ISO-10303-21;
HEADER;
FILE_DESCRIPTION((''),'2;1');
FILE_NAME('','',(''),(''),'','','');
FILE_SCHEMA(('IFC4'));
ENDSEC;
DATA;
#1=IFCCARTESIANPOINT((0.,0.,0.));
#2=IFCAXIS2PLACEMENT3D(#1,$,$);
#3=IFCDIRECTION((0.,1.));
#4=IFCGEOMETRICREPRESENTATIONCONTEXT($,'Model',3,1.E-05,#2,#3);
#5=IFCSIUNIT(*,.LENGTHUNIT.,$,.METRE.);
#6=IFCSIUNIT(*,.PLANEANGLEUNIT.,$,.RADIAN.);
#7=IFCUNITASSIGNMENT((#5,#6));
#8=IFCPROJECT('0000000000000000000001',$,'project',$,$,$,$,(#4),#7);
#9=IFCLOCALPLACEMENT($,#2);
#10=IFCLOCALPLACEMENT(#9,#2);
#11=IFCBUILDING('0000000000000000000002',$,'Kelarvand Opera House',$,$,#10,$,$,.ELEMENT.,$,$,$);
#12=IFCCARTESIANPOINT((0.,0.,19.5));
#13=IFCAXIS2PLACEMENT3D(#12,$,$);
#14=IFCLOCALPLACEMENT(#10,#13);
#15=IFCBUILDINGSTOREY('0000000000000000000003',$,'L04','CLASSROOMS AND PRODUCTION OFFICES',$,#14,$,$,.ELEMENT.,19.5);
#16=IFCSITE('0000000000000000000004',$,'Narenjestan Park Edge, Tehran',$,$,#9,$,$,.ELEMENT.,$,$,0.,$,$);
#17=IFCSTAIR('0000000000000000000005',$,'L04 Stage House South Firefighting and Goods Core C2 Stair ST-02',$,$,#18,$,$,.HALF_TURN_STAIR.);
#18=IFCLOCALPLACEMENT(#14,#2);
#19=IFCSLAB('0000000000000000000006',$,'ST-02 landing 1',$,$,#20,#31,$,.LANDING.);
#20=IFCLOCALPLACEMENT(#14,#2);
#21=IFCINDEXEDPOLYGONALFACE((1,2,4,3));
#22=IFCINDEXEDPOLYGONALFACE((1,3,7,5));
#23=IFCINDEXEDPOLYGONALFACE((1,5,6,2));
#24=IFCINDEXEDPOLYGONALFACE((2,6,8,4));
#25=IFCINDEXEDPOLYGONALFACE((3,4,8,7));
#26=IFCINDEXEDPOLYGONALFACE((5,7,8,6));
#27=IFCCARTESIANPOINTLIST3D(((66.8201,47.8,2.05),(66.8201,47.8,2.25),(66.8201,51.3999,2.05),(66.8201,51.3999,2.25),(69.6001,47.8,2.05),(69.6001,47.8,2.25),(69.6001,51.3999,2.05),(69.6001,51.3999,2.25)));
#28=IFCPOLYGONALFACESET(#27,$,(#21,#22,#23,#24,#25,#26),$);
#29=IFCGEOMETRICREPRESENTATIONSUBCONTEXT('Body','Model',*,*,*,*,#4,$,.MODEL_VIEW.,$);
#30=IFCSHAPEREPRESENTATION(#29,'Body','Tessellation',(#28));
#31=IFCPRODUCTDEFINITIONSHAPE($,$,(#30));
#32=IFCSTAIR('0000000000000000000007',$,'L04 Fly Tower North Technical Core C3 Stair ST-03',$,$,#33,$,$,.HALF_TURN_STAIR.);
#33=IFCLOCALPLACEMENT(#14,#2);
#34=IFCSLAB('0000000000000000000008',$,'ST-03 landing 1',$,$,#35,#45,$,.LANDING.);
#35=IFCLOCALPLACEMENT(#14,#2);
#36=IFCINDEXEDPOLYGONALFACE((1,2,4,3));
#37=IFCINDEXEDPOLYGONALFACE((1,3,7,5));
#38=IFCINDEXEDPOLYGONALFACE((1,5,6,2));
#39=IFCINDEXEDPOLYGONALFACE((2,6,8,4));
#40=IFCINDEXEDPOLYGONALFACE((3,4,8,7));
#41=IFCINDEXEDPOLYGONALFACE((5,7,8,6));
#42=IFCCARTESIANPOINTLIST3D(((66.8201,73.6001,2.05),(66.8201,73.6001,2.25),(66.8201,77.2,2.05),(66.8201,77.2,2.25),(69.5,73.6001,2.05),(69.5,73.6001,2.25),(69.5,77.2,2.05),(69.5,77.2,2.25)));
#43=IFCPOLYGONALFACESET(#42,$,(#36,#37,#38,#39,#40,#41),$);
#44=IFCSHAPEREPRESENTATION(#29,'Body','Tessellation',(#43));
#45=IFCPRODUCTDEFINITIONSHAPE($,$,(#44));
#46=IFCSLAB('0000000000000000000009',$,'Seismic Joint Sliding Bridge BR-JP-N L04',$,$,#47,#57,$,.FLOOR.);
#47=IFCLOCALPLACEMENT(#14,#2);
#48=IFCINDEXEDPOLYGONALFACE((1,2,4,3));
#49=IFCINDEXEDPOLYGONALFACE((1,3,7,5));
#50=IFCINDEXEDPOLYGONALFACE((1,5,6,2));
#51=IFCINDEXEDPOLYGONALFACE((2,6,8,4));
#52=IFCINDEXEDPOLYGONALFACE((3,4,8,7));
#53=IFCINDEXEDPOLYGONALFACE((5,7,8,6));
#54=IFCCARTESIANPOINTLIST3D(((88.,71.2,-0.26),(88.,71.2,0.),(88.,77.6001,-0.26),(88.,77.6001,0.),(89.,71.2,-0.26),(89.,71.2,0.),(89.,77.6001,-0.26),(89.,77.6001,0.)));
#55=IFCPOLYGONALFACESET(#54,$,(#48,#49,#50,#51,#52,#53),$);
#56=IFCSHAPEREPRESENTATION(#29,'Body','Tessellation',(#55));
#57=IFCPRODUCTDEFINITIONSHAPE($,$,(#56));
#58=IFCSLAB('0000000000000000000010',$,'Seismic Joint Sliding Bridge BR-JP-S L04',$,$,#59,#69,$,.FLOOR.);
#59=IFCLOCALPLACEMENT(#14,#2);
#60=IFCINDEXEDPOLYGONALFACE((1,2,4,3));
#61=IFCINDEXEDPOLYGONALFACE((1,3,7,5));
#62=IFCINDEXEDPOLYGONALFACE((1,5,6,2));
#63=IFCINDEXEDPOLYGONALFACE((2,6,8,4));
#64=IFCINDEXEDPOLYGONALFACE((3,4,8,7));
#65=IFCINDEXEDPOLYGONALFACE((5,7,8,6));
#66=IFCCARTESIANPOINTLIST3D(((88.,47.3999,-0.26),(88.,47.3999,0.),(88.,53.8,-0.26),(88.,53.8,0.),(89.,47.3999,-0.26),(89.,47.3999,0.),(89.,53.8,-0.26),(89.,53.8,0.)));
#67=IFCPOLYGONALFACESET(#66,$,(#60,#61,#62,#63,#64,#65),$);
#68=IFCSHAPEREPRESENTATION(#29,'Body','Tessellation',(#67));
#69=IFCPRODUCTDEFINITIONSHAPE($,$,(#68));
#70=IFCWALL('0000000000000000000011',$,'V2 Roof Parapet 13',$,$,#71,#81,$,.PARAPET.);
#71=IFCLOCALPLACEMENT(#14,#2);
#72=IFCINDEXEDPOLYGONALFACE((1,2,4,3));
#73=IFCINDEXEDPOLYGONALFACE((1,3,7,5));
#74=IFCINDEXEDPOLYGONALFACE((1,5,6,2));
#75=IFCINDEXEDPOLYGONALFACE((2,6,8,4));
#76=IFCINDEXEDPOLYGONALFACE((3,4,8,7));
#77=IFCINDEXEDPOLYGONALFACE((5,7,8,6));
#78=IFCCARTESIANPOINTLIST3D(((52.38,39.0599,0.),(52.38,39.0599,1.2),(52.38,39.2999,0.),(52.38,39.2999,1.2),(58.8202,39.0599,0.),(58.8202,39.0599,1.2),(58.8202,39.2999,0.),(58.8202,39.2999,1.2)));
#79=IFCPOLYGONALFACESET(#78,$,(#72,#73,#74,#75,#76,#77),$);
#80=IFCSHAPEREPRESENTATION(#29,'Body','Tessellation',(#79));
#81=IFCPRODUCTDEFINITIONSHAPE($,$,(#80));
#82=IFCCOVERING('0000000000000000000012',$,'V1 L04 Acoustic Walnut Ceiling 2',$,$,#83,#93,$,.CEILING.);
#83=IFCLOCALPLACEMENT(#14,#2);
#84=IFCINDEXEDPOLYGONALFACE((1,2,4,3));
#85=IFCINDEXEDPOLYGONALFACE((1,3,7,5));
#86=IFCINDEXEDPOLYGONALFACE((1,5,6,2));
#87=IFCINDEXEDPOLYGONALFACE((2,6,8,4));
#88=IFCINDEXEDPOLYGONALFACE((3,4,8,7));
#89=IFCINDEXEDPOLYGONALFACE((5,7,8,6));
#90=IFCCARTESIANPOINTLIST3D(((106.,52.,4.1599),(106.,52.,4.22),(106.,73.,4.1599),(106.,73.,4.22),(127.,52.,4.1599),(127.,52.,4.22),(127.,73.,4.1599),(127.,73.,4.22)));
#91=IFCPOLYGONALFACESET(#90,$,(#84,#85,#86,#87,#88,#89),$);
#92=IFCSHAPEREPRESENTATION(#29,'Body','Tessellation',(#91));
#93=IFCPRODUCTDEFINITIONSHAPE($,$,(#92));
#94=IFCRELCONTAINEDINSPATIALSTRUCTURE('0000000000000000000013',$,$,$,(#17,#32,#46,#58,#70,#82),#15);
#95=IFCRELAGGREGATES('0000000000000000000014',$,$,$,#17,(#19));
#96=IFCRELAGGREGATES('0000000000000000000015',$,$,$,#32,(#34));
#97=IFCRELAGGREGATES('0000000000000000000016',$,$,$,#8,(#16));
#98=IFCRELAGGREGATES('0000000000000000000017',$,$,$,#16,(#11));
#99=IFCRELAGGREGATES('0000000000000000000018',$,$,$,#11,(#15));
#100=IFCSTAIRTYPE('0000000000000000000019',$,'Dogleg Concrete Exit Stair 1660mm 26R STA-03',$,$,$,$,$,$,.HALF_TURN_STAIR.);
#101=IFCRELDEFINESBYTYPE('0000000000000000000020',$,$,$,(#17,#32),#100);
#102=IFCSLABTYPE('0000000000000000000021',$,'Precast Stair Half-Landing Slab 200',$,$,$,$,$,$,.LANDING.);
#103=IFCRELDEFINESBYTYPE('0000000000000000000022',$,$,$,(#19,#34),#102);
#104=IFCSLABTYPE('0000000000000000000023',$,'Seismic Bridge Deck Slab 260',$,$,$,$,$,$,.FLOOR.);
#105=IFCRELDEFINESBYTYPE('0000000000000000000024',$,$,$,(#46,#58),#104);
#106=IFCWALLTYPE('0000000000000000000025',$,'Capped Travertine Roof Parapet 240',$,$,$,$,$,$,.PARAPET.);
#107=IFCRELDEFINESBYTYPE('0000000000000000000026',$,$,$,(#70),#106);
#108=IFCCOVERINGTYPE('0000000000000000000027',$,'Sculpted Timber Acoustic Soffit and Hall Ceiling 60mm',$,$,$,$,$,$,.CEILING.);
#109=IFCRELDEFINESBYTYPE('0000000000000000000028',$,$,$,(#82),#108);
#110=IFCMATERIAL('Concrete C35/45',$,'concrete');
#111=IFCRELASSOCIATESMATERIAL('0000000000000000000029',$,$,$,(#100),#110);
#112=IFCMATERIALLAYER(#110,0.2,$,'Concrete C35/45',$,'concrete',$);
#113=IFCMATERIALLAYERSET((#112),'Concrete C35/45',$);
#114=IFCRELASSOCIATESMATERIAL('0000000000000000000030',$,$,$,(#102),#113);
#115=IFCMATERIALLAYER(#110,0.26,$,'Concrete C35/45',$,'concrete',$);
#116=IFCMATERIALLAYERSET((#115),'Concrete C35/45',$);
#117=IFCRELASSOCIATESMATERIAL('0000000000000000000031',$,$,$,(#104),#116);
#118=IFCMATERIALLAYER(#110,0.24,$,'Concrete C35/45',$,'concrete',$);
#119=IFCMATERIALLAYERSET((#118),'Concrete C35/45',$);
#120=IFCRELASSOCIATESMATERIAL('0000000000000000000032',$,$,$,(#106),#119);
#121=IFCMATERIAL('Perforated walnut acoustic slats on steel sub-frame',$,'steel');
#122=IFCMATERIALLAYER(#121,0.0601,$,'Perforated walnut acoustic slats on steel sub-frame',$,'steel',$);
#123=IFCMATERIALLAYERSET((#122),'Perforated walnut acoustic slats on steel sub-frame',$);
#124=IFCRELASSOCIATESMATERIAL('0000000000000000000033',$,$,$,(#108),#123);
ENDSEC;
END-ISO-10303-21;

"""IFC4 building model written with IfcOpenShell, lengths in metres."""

from ifc_helpers import new_model, si_unit, direction, frame, frame_2d, origin, place, context, subcontext, project, spatial, polyline, rectangle, outline, extrude, material, layer, layer_set, type_object, element, aggregate, save


model = new_model("IFC4")

# Units and contexts
model_context = context("Model", 3, precision=1e-05, world=origin(), true_north=direction((0.0, 1.0)))
body_context = subcontext(model_context, "Body", "Model", "MODEL_VIEW")
ifc_project = project(units=[si_unit("LENGTHUNIT", "METRE"), si_unit("PLANEANGLEUNIT", "RADIAN")], contexts=[model_context])

# Site, building, storey
site_placement = place(None, origin())
site = spatial("IfcSite", under=ifc_project, at=site_placement, Name="Narenjestan Park Edge, Tehran", CompositionType="ELEMENT", RefElevation=0.0)
building_placement = place(site_placement, origin())
building = spatial("IfcBuilding", under=site, at=building_placement, Name="Kelarvand Opera House", CompositionType="ELEMENT")
storey_placement = place(building_placement, frame((0.0, 0.0, 19.5)))
storey = spatial("IfcBuildingStorey", under=building, at=storey_placement, Name="L04", Description="CLASSROOMS AND PRODUCTION OFFICES", CompositionType="ELEMENT", Elevation=19.5)

# Shared definitions
ifc_material_1 = material(Name="Concrete C35/45", Category="concrete")

# Stairs, slabs
stair_type = type_object("IfcStairType", Name="Dogleg Concrete Exit Stair 1660mm 26R STA-03", PredefinedType="HALF_TURN_STAIR", material=ifc_material_1)
stair_1_placement = place(storey_placement, origin())
stair_1 = element("IfcStair", 1, at=stair_1_placement, inside=storey, type_object=stair_type, Name="L04 Stage House South Firefighting and Goods Core C2 Stair ST-02", PredefinedType="HALF_TURN_STAIR")
ifc_layer_1 = layer(ifc_material_1, 0.2, Name="Concrete C35/45", Category="concrete")
ifc_layer_set_1 = layer_set([ifc_layer_1], Name="Concrete C35/45")
slab_type_1 = type_object("IfcSlabType", Name="Precast Stair Half-Landing Slab 200", PredefinedType="LANDING", material=ifc_layer_set_1)
slab_1_placement = place(storey_placement, frame((0.0, 0.0, 2.05)))
slab_1 = element("IfcSlab", 2, at=slab_1_placement, type_object=slab_type_1, Name="ST-02 landing 1", PredefinedType="LANDING", context=body_context, shape_type="SweptSolid", body=[
    extrude(outline(polyline([(66.8201, 47.8), (69.6001, 47.8), (69.6001, 51.3999), (66.8201, 51.3999), (66.8201, 47.8)])), origin(), (0.0, 0.0, 1.0), 0.2),
])
aggregate(stair_1, [slab_1])
stair_2_placement = place(storey_placement, origin())
stair_2 = element("IfcStair", 3, at=stair_2_placement, inside=storey, type_object=stair_type, Name="L04 Fly Tower North Technical Core C3 Stair ST-03", PredefinedType="HALF_TURN_STAIR")
slab_2_placement = place(storey_placement, frame((0.0, 0.0, 2.05)))
slab_2 = element("IfcSlab", 4, at=slab_2_placement, type_object=slab_type_1, Name="ST-03 landing 1", PredefinedType="LANDING", context=body_context, shape_type="SweptSolid", body=[
    extrude(outline(polyline([(66.8201, 73.6001), (69.5, 73.6001), (69.5, 77.2), (66.8201, 77.2), (66.8201, 73.6001)])), origin(), (0.0, 0.0, 1.0), 0.2),
])
aggregate(stair_2, [slab_2])

# Slabs
ifc_layer_2 = layer(ifc_material_1, 0.26, Name="Concrete C35/45", Category="concrete")
ifc_layer_set_2 = layer_set([ifc_layer_2], Name="Concrete C35/45")
slab_type_2 = type_object("IfcSlabType", Name="Seismic Bridge Deck Slab 260", PredefinedType="FLOOR", material=ifc_layer_set_2)
slab_3_placement = place(storey_placement, frame((0.0, 0.0, -0.26)))
element("IfcSlab", 5, at=slab_3_placement, inside=storey, type_object=slab_type_2, Name="Seismic Joint Sliding Bridge BR-JP-N L04", PredefinedType="FLOOR", context=body_context, shape_type="SweptSolid", body=[
    extrude(outline(polyline([(88.0, 71.2), (89.0, 71.2), (89.0, 77.6001), (88.0, 77.6001), (88.0, 71.2)])), origin(), (0.0, 0.0, 1.0), 0.26),
])
slab_4_placement = place(storey_placement, frame((0.0, 0.0, -0.26)))
element("IfcSlab", 6, at=slab_4_placement, inside=storey, type_object=slab_type_2, Name="Seismic Joint Sliding Bridge BR-JP-S L04", PredefinedType="FLOOR", context=body_context, shape_type="SweptSolid", body=[
    extrude(outline(polyline([(88.0, 47.3999), (89.0, 47.3999), (89.0, 53.8), (88.0, 53.8), (88.0, 47.3999)])), origin(), (0.0, 0.0, 1.0), 0.26),
])

# Wall
ifc_layer_3 = layer(ifc_material_1, 0.24, Name="Concrete C35/45", Category="concrete")
ifc_layer_set_3 = layer_set([ifc_layer_3], Name="Concrete C35/45")
wall_type = type_object("IfcWallType", Name="Capped Travertine Roof Parapet 240", PredefinedType="PARAPET", material=ifc_layer_set_3)
wall_placement = place(storey_placement, frame((52.3799, 39.1799, 0.0), z_axis=(0.0, 0.0, 1.0), x_axis=(1.0, 0.0, 0.0)))
element("IfcWall", 7, at=wall_placement, inside=storey, type_object=wall_type, Name="V2 Roof Parapet 13", PredefinedType="PARAPET", context=body_context, shape_type="SweptSolid", body=[
    extrude(rectangle(XDim=6.4402, YDim=0.24, at=frame_2d((3.2202, 0.0))), origin(), (0.0, 0.0, 1.0), 1.2),
])

# Covering
ifc_material_2 = material(Name="Perforated walnut acoustic slats on steel sub-frame", Category="steel")
ifc_layer_4 = layer(ifc_material_2, 0.0601, Name="Perforated walnut acoustic slats on steel sub-frame", Category="steel")
ifc_layer_set_4 = layer_set([ifc_layer_4], Name="Perforated walnut acoustic slats on steel sub-frame")
covering_type = type_object("IfcCoveringType", Name="Sculpted Timber Acoustic Soffit and Hall Ceiling 60mm", PredefinedType="CEILING", material=ifc_layer_set_4)
covering_placement = place(storey_placement, frame((0.0, 0.0, 4.1599)))
element("IfcCovering", 8, at=covering_placement, inside=storey, type_object=covering_type, Name="V1 L04 Acoustic Walnut Ceiling 2", PredefinedType="CEILING", context=body_context, shape_type="SweptSolid", body=[
    extrude(outline(polyline([(106.0, 52.0), (127.0, 52.0), (127.0, 73.0), (106.0, 73.0), (106.0, 52.0)])), origin(), (0.0, 0.0, 1.0), 0.0601),
])

save(model, "model.ifc")
